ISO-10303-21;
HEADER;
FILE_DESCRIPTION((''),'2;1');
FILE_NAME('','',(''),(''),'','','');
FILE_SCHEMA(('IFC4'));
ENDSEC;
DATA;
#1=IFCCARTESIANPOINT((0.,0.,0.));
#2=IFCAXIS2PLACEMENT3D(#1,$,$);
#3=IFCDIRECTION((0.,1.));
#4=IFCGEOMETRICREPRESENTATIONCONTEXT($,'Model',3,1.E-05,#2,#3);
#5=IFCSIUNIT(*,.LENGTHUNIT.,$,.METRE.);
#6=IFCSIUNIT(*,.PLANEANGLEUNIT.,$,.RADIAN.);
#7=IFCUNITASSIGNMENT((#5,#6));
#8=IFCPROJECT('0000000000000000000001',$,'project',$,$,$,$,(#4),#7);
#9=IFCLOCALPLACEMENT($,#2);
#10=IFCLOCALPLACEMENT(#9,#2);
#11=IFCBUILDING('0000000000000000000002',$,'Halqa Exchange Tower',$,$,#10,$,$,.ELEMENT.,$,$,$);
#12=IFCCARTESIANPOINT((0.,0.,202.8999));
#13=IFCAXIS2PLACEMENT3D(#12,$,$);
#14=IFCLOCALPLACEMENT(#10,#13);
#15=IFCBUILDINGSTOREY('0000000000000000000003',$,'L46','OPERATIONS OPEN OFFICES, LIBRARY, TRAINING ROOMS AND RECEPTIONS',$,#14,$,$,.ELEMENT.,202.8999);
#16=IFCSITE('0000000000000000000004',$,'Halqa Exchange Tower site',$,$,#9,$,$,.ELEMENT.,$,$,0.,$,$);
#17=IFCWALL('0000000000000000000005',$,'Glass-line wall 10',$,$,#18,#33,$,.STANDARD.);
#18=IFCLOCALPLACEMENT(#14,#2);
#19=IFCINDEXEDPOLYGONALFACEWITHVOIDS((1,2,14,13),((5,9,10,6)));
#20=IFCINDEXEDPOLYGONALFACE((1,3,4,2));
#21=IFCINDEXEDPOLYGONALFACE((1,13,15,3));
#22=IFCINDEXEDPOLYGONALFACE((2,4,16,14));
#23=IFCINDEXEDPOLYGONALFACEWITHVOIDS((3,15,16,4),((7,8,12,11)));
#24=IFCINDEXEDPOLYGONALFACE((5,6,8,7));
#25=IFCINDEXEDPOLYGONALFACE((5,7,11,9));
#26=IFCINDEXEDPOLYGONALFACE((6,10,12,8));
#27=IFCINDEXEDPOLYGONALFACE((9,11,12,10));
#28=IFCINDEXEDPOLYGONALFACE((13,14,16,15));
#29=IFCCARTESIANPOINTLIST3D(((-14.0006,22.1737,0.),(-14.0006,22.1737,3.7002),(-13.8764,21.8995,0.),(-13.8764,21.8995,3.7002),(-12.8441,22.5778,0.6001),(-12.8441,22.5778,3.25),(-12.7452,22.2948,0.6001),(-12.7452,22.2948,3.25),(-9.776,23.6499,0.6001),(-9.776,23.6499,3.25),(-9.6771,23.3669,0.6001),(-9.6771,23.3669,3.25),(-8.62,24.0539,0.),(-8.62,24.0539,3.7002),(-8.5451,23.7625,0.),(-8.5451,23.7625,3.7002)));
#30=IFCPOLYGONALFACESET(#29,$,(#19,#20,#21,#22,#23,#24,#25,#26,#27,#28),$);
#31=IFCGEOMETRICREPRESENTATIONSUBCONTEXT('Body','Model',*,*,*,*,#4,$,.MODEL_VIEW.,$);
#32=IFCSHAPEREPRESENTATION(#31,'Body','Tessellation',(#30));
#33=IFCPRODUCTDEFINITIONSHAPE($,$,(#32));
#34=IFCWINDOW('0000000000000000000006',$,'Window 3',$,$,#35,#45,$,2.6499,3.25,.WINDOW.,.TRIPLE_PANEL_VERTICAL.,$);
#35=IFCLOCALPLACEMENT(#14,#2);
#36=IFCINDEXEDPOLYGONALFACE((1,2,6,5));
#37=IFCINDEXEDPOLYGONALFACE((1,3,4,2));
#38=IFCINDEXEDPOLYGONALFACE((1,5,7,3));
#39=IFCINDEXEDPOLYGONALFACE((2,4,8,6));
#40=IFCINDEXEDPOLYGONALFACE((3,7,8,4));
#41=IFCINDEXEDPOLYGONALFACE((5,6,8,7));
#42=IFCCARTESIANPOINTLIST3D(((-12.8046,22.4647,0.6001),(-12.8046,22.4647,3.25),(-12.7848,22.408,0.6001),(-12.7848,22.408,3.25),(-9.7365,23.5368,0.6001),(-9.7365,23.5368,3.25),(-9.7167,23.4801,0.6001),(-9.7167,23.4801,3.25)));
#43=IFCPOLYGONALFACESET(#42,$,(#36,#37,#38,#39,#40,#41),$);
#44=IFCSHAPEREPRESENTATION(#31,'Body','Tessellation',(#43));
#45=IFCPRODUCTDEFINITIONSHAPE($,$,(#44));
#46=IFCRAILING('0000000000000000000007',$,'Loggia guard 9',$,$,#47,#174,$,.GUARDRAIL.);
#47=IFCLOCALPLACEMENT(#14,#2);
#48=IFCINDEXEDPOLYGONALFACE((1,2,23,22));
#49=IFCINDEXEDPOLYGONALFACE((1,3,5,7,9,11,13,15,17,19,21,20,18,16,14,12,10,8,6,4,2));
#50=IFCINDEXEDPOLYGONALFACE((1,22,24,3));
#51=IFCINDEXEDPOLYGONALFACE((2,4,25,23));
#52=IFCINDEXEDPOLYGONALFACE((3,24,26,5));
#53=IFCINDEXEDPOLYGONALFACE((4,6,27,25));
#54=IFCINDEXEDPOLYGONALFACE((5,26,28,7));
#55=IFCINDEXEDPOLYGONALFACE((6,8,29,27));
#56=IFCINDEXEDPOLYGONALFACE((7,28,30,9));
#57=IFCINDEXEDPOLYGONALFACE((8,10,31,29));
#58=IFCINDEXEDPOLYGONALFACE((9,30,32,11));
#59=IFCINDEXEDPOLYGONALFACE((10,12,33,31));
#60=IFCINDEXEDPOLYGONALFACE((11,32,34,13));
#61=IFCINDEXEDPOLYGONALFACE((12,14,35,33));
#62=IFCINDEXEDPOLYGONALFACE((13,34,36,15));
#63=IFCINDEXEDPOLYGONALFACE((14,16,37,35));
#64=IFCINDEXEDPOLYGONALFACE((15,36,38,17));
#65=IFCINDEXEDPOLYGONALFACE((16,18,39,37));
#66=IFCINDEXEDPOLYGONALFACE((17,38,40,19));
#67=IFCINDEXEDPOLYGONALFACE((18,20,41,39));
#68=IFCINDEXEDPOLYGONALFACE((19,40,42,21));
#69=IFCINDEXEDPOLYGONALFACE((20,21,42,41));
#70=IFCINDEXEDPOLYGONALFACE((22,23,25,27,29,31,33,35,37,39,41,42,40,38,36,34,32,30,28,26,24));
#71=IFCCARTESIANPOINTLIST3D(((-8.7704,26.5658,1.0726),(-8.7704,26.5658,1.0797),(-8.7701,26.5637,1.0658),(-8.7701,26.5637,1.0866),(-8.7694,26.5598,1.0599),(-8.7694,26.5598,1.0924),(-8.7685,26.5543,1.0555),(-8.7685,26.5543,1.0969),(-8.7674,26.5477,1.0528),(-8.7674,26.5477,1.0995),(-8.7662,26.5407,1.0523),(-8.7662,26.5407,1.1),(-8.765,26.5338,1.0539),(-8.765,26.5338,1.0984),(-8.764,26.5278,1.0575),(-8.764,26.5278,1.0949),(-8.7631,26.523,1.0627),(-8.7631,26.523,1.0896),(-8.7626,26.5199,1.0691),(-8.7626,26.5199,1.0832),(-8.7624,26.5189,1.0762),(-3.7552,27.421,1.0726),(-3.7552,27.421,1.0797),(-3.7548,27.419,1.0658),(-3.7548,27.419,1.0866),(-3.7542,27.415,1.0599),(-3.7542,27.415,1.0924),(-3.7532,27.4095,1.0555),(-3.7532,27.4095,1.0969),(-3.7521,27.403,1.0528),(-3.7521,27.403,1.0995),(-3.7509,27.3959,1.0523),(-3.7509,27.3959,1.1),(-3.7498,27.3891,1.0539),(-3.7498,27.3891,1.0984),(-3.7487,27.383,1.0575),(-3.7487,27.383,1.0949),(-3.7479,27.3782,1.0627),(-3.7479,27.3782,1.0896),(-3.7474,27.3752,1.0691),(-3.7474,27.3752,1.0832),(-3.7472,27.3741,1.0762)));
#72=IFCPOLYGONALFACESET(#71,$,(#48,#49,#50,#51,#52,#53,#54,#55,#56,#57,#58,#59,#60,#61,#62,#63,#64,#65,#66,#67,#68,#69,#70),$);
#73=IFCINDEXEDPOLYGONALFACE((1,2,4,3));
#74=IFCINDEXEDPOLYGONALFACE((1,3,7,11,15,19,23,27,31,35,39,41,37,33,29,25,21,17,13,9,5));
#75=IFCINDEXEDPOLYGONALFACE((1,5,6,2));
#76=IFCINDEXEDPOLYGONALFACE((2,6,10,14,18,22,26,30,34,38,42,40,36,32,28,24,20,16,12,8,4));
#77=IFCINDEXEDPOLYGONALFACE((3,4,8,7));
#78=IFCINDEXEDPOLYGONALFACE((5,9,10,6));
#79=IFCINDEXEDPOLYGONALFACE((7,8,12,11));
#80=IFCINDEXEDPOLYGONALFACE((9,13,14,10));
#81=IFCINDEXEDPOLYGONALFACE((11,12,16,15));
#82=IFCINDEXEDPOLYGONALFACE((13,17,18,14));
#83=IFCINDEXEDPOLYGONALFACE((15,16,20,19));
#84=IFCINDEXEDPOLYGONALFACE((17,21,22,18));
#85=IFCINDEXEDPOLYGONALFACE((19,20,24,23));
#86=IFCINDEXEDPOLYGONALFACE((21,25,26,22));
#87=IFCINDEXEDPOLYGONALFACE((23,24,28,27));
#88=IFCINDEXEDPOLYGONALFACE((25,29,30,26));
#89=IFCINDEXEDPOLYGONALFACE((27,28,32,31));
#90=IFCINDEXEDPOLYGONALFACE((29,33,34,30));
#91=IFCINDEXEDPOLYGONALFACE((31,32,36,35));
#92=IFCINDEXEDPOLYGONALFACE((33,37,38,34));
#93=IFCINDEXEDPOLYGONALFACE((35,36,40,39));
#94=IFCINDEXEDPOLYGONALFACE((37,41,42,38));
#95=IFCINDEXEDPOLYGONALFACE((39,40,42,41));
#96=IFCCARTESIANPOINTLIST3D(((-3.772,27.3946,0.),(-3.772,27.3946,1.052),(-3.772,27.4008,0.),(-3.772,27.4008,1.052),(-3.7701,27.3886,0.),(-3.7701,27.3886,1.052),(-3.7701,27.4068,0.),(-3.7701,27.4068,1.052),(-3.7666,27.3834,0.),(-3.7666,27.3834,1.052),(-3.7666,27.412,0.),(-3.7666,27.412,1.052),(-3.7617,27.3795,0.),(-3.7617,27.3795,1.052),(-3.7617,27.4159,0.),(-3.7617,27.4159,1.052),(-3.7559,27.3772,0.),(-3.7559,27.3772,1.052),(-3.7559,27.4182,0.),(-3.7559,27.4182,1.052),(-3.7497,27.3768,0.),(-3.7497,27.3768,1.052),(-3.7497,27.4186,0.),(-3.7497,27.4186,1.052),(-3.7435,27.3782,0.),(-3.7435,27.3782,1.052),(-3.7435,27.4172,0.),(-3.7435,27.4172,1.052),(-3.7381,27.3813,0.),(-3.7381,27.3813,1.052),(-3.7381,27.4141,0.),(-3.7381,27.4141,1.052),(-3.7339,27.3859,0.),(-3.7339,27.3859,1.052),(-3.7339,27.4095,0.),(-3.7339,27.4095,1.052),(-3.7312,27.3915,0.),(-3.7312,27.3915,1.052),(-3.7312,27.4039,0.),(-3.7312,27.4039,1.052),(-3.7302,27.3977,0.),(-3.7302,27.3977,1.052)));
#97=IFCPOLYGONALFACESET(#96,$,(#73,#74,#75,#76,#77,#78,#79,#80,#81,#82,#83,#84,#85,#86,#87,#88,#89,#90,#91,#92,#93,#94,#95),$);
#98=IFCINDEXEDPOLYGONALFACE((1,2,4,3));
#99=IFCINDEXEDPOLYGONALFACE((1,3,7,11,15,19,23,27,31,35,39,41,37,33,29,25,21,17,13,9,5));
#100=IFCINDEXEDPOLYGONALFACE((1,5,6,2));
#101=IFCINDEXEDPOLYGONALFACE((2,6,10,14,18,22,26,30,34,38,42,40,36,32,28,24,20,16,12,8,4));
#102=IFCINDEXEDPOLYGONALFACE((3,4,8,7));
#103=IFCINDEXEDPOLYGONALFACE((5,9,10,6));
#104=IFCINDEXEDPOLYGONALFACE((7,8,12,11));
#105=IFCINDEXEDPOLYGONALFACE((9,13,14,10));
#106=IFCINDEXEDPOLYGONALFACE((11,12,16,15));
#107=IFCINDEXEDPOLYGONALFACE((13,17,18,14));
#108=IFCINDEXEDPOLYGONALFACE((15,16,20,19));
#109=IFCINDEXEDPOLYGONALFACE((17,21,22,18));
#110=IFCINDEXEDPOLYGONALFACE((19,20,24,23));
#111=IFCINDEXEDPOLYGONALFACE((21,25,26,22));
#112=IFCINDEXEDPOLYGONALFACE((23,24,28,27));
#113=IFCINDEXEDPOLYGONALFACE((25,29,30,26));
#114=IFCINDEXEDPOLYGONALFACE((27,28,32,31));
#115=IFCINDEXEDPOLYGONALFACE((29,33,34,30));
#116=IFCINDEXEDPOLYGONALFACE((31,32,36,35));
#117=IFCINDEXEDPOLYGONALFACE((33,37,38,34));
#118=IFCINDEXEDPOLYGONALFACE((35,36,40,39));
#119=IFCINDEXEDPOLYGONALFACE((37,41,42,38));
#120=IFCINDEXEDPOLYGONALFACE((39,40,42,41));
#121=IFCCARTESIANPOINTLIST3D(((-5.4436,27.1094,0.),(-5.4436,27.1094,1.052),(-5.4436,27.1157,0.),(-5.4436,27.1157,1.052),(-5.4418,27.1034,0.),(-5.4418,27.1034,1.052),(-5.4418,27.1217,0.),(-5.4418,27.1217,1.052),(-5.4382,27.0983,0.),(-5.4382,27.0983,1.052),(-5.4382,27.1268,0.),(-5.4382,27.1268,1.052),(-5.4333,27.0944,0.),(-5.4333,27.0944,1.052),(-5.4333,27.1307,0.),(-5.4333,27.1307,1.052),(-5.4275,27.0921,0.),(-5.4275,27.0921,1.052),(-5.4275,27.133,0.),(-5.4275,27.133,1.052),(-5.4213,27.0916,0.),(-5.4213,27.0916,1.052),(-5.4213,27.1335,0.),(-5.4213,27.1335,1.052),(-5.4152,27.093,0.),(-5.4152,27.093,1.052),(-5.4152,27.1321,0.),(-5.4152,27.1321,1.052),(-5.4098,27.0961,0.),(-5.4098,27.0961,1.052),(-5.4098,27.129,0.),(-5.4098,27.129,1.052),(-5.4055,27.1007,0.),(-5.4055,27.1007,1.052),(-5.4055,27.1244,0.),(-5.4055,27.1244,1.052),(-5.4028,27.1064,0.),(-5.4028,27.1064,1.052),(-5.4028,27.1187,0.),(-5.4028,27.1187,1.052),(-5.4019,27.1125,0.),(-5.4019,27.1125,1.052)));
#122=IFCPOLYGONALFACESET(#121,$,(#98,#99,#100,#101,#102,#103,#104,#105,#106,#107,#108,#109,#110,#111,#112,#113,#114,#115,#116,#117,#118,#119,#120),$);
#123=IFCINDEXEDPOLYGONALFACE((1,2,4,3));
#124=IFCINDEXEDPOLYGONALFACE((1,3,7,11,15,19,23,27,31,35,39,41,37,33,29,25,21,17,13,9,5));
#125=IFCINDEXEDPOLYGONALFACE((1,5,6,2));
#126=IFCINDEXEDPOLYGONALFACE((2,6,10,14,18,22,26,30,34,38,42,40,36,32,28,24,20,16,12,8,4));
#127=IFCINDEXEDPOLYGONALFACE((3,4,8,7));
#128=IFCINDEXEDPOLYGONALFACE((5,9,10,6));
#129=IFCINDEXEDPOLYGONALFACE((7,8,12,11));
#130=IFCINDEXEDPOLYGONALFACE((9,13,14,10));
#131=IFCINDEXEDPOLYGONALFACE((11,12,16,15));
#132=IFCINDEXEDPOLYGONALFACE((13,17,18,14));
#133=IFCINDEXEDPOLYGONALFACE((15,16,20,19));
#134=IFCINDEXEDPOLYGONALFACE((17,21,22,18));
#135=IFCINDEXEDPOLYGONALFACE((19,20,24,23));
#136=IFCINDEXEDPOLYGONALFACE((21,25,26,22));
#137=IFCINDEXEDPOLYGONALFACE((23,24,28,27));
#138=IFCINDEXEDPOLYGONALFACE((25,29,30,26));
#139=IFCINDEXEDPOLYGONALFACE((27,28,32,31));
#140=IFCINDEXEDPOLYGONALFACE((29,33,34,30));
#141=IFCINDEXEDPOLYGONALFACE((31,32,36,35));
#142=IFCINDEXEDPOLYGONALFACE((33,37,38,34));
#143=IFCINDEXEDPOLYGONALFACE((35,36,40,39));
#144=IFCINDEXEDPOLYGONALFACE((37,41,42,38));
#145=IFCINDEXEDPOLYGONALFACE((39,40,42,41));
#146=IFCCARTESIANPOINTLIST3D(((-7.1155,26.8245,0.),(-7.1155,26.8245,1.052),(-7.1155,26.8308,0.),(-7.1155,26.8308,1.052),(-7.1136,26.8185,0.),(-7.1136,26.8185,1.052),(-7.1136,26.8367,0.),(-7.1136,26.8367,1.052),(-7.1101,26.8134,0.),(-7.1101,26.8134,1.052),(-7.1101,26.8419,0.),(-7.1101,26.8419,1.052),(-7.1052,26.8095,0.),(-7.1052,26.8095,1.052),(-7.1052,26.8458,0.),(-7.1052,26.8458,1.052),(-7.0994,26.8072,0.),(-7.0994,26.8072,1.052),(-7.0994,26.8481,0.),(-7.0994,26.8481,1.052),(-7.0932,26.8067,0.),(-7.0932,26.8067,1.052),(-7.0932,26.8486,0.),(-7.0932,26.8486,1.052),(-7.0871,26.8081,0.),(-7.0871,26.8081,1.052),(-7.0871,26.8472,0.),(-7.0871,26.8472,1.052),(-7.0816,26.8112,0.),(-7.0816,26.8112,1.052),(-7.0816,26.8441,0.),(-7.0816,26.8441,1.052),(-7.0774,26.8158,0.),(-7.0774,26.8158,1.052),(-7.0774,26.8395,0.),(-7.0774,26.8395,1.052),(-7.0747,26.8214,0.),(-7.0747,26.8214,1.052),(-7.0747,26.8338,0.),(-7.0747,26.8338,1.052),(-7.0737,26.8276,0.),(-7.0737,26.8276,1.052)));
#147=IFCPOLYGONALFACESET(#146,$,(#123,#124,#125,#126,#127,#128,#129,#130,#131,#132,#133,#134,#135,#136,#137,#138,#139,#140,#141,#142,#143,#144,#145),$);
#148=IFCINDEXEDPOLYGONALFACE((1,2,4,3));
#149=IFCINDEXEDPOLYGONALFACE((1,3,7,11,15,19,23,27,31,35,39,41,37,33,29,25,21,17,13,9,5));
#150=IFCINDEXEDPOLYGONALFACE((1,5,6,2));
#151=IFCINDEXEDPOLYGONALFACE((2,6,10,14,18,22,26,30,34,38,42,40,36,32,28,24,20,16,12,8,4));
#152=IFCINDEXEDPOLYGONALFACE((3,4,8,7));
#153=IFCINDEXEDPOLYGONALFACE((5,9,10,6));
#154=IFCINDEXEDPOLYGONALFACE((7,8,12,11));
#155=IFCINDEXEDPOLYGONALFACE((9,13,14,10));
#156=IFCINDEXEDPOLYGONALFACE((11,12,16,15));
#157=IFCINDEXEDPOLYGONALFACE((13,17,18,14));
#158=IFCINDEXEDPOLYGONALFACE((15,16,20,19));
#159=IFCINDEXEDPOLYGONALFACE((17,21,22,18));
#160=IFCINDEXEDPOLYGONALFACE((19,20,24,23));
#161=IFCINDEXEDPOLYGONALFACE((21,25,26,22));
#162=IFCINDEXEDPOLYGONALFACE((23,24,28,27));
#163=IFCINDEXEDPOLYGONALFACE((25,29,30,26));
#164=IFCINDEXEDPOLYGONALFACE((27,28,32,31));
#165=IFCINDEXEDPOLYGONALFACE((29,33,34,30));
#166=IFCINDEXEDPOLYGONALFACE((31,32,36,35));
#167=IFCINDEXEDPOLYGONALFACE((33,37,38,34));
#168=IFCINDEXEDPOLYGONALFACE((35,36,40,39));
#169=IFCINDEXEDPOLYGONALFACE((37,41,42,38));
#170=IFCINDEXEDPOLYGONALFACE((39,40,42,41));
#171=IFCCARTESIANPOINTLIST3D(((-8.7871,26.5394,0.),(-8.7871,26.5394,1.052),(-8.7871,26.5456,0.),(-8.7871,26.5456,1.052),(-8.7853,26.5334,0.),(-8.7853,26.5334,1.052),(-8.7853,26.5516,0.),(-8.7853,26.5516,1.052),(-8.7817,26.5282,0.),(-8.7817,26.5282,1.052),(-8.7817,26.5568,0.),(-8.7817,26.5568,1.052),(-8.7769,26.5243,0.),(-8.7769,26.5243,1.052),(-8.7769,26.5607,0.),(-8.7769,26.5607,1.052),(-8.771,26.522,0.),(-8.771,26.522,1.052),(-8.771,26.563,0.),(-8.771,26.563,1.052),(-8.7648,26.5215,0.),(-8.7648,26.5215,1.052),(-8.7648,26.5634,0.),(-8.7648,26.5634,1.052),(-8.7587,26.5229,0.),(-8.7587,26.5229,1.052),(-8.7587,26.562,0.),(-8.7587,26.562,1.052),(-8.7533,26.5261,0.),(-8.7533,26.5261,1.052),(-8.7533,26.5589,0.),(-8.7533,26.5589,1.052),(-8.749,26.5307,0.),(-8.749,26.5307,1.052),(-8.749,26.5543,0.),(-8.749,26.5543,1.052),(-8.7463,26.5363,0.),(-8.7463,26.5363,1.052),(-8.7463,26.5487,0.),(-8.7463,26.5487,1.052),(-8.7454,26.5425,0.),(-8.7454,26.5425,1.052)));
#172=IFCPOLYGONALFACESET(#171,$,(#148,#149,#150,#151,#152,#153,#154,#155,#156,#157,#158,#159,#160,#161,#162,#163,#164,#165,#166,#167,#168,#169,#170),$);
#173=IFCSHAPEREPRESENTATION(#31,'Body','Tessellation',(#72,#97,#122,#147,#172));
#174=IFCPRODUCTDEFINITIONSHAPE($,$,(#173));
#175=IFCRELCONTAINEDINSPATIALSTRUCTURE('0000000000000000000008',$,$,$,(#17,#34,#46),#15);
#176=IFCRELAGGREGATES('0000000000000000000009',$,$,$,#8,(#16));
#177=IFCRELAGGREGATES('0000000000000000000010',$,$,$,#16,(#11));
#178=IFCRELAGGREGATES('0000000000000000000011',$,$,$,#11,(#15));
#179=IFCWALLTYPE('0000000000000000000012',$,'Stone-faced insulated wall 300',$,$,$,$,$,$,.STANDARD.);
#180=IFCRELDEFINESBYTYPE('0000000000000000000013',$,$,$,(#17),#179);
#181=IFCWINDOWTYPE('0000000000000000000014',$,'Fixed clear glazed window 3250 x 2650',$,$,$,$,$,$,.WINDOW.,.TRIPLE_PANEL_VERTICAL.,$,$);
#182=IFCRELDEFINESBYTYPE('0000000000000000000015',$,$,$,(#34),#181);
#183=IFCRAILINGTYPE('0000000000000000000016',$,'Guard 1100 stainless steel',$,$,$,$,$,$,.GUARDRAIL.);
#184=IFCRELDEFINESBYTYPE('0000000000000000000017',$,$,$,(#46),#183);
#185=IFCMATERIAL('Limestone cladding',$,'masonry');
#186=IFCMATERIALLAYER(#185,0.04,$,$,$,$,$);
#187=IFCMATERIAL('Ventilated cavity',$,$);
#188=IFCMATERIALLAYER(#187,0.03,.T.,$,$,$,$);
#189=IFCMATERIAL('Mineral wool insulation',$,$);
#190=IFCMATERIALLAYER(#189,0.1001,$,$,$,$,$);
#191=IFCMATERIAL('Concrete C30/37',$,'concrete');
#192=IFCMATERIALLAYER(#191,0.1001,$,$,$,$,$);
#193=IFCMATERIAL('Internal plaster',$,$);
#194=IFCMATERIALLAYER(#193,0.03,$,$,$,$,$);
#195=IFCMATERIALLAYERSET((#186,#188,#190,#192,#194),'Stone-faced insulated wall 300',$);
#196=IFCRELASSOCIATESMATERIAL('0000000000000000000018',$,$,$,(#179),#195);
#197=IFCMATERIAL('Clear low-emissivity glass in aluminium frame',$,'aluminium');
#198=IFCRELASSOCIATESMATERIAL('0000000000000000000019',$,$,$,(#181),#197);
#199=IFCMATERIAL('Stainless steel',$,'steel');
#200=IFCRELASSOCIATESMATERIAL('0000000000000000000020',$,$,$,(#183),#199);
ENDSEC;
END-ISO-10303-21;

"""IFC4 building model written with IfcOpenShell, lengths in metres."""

from ifc_helpers import new_model, si_unit, direction, frame, frame_2d, origin, origin_2d, place, context, subcontext, project, spatial, polyline, rectangle, circle, outline, extrude, material, layer, layer_set, type_object, element, fill, save


model = new_model("IFC4")

# Units and contexts
model_context = context("Model", 3, precision=1e-05, world=origin(), true_north=direction((0.0, 1.0)))
body_context = subcontext(model_context, "Body", "Model", "MODEL_VIEW")
ifc_project = project(units=[si_unit("LENGTHUNIT", "METRE"), si_unit("PLANEANGLEUNIT", "RADIAN")], contexts=[model_context])

# Site, building, storey
site_placement = place(None, origin())
site = spatial("IfcSite", under=ifc_project, at=site_placement, Name="Halqa Exchange Tower site", CompositionType="ELEMENT", RefElevation=0.0)
building_placement = place(site_placement, origin())
building = spatial("IfcBuilding", under=site, at=building_placement, Name="Halqa Exchange Tower", CompositionType="ELEMENT")
storey_placement = place(building_placement, frame((0.0, 0.0, 202.8999)))
storey = spatial("IfcBuildingStorey", under=building, at=storey_placement, Name="L46", Description="OPERATIONS OPEN OFFICES, LIBRARY, TRAINING ROOMS AND RECEPTIONS", CompositionType="ELEMENT", Elevation=202.8999)

# Shared definitions
ifc_material_1 = material(Name="Concrete C30/37", Category="concrete")

# Wall, opening, window
ifc_material_2 = material(Name="Limestone cladding", Category="masonry")
ifc_layer_1 = layer(ifc_material_2, 0.04)
ifc_material_3 = material(Name="Ventilated cavity")
ifc_layer_2 = layer(ifc_material_3, 0.03, ventilated=True)
ifc_material_4 = material(Name="Mineral wool insulation")
ifc_layer_3 = layer(ifc_material_4, 0.1001)
ifc_layer_4 = layer(ifc_material_1, 0.1001)
ifc_material_5 = material(Name="Internal plaster")
ifc_layer_5 = layer(ifc_material_5, 0.03)
ifc_layer_set_1 = layer_set([ifc_layer_1, ifc_layer_2, ifc_layer_3, ifc_layer_4, ifc_layer_5], Name="Stone-faced insulated wall 300")
wall_type_1 = type_object("IfcWallType", Name="Stone-faced insulated wall 300", PredefinedType="STANDARD", material=ifc_layer_set_1)
ifc_material_6 = material(Name="Clear low-emissivity glass in aluminium frame", Category="aluminium")
window_type = type_object("IfcWindowType", Name="Fixed clear glazed window 3250 x 2650", PartitioningType="TRIPLE_PANEL_VERTICAL", PredefinedType="WINDOW", material=ifc_material_6)
wall_1_placement = place(storey_placement, frame((-8.5825, 23.9082, 0.0), z_axis=(0.0, 0.0, 1.0), x_axis=(-0.944023, -0.329879, 0.0)))
wall_1 = element("IfcWall", 1, at=wall_1_placement, inside=storey, type_object=wall_type_1, Name="Glass-line wall 10", PredefinedType="STANDARD", context=body_context, shape_type="SweptSolid", body=[
    extrude(outline(polyline([(-0.0127, -0.1499), (5.687, -0.1499), (5.6602, 0.1499), (0.0127, 0.1499), (-0.0127, -0.1499)])), origin(), (0.0, 0.0, 1.0), 3.7002),
])
opening_1_placement = place(wall_1_placement, frame((1.2119, 0.0, 0.6001)))
opening_1 = element("IfcOpeningElement", 2, at=opening_1_placement, cuts=wall_1, PredefinedType="OPENING", context=body_context, shape_type="SweptSolid", body=[
    extrude(rectangle(XDim=3.25, YDim=2.6499, at=frame_2d((1.625, 1.325))), frame((0.0, 0.1621, 0.0), z_axis=(0.0, -1.0, 0.0), x_axis=(1.0, 0.0, 0.0)), (0.0, 0.0, 1.0), 0.324),
])
window_1_placement = place(opening_1_placement, origin())
window_1 = element("IfcWindow", 3, at=window_1_placement, inside=storey, type_object=window_type, Name="Window 3", OverallHeight=2.6499, OverallWidth=3.25, PartitioningType="TRIPLE_PANEL_VERTICAL", PredefinedType="WINDOW", context=body_context, shape_type="SweptSolid", body=[
    extrude(rectangle(XDim=3.25, YDim=2.6499, at=frame_2d((1.625, 1.325))), frame((0.0, 0.03, 0.0), z_axis=(0.0, -1.0, 0.0), x_axis=(1.0, 0.0, 0.0)), (0.0, 0.0, 1.0), 0.0601),
])
fill(opening_1, window_1)

# Railing
ifc_material_7 = material(Name="Stainless steel", Category="steel")
railing_type_1 = type_object("IfcRailingType", Name="Guard 1100 stainless steel", PredefinedType="GUARDRAIL", material=ifc_material_7)
railing_1_placement = place(storey_placement, frame((-3.7512, 27.3977, 0.0)))
element("IfcRailing", 4, at=railing_1_placement, inside=storey, type_object=railing_type_1, Name="Loggia guard 9", PredefinedType="GUARDRAIL", context=body_context, shape_type="SweptSolid", body=[
    extrude(circle(Radius=0.0239, at=origin_2d()), frame((0.0, 0.0, 1.0762), z_axis=(-0.98577, -0.168102, 0.0), x_axis=(0.168102, -0.98577, 0.0)), (0.0, 0.0, 1.0), 5.0876),
    extrude(circle(Radius=0.021, at=origin_2d()), origin(), (0.0, 0.0, 1.0), 1.052),
    extrude(circle(Radius=0.021, at=origin_2d()), frame((-1.6716, -0.2852, 0.0)), (0.0, 0.0, 1.0), 1.052),
    extrude(circle(Radius=0.021, at=origin_2d()), frame((-3.3435, -0.5701, 0.0)), (0.0, 0.0, 1.0), 1.052),
    extrude(circle(Radius=0.021, at=origin_2d()), frame((-5.0151, -0.8552, 0.0)), (0.0, 0.0, 1.0), 1.052),
])

save(model, "model.ifc")
